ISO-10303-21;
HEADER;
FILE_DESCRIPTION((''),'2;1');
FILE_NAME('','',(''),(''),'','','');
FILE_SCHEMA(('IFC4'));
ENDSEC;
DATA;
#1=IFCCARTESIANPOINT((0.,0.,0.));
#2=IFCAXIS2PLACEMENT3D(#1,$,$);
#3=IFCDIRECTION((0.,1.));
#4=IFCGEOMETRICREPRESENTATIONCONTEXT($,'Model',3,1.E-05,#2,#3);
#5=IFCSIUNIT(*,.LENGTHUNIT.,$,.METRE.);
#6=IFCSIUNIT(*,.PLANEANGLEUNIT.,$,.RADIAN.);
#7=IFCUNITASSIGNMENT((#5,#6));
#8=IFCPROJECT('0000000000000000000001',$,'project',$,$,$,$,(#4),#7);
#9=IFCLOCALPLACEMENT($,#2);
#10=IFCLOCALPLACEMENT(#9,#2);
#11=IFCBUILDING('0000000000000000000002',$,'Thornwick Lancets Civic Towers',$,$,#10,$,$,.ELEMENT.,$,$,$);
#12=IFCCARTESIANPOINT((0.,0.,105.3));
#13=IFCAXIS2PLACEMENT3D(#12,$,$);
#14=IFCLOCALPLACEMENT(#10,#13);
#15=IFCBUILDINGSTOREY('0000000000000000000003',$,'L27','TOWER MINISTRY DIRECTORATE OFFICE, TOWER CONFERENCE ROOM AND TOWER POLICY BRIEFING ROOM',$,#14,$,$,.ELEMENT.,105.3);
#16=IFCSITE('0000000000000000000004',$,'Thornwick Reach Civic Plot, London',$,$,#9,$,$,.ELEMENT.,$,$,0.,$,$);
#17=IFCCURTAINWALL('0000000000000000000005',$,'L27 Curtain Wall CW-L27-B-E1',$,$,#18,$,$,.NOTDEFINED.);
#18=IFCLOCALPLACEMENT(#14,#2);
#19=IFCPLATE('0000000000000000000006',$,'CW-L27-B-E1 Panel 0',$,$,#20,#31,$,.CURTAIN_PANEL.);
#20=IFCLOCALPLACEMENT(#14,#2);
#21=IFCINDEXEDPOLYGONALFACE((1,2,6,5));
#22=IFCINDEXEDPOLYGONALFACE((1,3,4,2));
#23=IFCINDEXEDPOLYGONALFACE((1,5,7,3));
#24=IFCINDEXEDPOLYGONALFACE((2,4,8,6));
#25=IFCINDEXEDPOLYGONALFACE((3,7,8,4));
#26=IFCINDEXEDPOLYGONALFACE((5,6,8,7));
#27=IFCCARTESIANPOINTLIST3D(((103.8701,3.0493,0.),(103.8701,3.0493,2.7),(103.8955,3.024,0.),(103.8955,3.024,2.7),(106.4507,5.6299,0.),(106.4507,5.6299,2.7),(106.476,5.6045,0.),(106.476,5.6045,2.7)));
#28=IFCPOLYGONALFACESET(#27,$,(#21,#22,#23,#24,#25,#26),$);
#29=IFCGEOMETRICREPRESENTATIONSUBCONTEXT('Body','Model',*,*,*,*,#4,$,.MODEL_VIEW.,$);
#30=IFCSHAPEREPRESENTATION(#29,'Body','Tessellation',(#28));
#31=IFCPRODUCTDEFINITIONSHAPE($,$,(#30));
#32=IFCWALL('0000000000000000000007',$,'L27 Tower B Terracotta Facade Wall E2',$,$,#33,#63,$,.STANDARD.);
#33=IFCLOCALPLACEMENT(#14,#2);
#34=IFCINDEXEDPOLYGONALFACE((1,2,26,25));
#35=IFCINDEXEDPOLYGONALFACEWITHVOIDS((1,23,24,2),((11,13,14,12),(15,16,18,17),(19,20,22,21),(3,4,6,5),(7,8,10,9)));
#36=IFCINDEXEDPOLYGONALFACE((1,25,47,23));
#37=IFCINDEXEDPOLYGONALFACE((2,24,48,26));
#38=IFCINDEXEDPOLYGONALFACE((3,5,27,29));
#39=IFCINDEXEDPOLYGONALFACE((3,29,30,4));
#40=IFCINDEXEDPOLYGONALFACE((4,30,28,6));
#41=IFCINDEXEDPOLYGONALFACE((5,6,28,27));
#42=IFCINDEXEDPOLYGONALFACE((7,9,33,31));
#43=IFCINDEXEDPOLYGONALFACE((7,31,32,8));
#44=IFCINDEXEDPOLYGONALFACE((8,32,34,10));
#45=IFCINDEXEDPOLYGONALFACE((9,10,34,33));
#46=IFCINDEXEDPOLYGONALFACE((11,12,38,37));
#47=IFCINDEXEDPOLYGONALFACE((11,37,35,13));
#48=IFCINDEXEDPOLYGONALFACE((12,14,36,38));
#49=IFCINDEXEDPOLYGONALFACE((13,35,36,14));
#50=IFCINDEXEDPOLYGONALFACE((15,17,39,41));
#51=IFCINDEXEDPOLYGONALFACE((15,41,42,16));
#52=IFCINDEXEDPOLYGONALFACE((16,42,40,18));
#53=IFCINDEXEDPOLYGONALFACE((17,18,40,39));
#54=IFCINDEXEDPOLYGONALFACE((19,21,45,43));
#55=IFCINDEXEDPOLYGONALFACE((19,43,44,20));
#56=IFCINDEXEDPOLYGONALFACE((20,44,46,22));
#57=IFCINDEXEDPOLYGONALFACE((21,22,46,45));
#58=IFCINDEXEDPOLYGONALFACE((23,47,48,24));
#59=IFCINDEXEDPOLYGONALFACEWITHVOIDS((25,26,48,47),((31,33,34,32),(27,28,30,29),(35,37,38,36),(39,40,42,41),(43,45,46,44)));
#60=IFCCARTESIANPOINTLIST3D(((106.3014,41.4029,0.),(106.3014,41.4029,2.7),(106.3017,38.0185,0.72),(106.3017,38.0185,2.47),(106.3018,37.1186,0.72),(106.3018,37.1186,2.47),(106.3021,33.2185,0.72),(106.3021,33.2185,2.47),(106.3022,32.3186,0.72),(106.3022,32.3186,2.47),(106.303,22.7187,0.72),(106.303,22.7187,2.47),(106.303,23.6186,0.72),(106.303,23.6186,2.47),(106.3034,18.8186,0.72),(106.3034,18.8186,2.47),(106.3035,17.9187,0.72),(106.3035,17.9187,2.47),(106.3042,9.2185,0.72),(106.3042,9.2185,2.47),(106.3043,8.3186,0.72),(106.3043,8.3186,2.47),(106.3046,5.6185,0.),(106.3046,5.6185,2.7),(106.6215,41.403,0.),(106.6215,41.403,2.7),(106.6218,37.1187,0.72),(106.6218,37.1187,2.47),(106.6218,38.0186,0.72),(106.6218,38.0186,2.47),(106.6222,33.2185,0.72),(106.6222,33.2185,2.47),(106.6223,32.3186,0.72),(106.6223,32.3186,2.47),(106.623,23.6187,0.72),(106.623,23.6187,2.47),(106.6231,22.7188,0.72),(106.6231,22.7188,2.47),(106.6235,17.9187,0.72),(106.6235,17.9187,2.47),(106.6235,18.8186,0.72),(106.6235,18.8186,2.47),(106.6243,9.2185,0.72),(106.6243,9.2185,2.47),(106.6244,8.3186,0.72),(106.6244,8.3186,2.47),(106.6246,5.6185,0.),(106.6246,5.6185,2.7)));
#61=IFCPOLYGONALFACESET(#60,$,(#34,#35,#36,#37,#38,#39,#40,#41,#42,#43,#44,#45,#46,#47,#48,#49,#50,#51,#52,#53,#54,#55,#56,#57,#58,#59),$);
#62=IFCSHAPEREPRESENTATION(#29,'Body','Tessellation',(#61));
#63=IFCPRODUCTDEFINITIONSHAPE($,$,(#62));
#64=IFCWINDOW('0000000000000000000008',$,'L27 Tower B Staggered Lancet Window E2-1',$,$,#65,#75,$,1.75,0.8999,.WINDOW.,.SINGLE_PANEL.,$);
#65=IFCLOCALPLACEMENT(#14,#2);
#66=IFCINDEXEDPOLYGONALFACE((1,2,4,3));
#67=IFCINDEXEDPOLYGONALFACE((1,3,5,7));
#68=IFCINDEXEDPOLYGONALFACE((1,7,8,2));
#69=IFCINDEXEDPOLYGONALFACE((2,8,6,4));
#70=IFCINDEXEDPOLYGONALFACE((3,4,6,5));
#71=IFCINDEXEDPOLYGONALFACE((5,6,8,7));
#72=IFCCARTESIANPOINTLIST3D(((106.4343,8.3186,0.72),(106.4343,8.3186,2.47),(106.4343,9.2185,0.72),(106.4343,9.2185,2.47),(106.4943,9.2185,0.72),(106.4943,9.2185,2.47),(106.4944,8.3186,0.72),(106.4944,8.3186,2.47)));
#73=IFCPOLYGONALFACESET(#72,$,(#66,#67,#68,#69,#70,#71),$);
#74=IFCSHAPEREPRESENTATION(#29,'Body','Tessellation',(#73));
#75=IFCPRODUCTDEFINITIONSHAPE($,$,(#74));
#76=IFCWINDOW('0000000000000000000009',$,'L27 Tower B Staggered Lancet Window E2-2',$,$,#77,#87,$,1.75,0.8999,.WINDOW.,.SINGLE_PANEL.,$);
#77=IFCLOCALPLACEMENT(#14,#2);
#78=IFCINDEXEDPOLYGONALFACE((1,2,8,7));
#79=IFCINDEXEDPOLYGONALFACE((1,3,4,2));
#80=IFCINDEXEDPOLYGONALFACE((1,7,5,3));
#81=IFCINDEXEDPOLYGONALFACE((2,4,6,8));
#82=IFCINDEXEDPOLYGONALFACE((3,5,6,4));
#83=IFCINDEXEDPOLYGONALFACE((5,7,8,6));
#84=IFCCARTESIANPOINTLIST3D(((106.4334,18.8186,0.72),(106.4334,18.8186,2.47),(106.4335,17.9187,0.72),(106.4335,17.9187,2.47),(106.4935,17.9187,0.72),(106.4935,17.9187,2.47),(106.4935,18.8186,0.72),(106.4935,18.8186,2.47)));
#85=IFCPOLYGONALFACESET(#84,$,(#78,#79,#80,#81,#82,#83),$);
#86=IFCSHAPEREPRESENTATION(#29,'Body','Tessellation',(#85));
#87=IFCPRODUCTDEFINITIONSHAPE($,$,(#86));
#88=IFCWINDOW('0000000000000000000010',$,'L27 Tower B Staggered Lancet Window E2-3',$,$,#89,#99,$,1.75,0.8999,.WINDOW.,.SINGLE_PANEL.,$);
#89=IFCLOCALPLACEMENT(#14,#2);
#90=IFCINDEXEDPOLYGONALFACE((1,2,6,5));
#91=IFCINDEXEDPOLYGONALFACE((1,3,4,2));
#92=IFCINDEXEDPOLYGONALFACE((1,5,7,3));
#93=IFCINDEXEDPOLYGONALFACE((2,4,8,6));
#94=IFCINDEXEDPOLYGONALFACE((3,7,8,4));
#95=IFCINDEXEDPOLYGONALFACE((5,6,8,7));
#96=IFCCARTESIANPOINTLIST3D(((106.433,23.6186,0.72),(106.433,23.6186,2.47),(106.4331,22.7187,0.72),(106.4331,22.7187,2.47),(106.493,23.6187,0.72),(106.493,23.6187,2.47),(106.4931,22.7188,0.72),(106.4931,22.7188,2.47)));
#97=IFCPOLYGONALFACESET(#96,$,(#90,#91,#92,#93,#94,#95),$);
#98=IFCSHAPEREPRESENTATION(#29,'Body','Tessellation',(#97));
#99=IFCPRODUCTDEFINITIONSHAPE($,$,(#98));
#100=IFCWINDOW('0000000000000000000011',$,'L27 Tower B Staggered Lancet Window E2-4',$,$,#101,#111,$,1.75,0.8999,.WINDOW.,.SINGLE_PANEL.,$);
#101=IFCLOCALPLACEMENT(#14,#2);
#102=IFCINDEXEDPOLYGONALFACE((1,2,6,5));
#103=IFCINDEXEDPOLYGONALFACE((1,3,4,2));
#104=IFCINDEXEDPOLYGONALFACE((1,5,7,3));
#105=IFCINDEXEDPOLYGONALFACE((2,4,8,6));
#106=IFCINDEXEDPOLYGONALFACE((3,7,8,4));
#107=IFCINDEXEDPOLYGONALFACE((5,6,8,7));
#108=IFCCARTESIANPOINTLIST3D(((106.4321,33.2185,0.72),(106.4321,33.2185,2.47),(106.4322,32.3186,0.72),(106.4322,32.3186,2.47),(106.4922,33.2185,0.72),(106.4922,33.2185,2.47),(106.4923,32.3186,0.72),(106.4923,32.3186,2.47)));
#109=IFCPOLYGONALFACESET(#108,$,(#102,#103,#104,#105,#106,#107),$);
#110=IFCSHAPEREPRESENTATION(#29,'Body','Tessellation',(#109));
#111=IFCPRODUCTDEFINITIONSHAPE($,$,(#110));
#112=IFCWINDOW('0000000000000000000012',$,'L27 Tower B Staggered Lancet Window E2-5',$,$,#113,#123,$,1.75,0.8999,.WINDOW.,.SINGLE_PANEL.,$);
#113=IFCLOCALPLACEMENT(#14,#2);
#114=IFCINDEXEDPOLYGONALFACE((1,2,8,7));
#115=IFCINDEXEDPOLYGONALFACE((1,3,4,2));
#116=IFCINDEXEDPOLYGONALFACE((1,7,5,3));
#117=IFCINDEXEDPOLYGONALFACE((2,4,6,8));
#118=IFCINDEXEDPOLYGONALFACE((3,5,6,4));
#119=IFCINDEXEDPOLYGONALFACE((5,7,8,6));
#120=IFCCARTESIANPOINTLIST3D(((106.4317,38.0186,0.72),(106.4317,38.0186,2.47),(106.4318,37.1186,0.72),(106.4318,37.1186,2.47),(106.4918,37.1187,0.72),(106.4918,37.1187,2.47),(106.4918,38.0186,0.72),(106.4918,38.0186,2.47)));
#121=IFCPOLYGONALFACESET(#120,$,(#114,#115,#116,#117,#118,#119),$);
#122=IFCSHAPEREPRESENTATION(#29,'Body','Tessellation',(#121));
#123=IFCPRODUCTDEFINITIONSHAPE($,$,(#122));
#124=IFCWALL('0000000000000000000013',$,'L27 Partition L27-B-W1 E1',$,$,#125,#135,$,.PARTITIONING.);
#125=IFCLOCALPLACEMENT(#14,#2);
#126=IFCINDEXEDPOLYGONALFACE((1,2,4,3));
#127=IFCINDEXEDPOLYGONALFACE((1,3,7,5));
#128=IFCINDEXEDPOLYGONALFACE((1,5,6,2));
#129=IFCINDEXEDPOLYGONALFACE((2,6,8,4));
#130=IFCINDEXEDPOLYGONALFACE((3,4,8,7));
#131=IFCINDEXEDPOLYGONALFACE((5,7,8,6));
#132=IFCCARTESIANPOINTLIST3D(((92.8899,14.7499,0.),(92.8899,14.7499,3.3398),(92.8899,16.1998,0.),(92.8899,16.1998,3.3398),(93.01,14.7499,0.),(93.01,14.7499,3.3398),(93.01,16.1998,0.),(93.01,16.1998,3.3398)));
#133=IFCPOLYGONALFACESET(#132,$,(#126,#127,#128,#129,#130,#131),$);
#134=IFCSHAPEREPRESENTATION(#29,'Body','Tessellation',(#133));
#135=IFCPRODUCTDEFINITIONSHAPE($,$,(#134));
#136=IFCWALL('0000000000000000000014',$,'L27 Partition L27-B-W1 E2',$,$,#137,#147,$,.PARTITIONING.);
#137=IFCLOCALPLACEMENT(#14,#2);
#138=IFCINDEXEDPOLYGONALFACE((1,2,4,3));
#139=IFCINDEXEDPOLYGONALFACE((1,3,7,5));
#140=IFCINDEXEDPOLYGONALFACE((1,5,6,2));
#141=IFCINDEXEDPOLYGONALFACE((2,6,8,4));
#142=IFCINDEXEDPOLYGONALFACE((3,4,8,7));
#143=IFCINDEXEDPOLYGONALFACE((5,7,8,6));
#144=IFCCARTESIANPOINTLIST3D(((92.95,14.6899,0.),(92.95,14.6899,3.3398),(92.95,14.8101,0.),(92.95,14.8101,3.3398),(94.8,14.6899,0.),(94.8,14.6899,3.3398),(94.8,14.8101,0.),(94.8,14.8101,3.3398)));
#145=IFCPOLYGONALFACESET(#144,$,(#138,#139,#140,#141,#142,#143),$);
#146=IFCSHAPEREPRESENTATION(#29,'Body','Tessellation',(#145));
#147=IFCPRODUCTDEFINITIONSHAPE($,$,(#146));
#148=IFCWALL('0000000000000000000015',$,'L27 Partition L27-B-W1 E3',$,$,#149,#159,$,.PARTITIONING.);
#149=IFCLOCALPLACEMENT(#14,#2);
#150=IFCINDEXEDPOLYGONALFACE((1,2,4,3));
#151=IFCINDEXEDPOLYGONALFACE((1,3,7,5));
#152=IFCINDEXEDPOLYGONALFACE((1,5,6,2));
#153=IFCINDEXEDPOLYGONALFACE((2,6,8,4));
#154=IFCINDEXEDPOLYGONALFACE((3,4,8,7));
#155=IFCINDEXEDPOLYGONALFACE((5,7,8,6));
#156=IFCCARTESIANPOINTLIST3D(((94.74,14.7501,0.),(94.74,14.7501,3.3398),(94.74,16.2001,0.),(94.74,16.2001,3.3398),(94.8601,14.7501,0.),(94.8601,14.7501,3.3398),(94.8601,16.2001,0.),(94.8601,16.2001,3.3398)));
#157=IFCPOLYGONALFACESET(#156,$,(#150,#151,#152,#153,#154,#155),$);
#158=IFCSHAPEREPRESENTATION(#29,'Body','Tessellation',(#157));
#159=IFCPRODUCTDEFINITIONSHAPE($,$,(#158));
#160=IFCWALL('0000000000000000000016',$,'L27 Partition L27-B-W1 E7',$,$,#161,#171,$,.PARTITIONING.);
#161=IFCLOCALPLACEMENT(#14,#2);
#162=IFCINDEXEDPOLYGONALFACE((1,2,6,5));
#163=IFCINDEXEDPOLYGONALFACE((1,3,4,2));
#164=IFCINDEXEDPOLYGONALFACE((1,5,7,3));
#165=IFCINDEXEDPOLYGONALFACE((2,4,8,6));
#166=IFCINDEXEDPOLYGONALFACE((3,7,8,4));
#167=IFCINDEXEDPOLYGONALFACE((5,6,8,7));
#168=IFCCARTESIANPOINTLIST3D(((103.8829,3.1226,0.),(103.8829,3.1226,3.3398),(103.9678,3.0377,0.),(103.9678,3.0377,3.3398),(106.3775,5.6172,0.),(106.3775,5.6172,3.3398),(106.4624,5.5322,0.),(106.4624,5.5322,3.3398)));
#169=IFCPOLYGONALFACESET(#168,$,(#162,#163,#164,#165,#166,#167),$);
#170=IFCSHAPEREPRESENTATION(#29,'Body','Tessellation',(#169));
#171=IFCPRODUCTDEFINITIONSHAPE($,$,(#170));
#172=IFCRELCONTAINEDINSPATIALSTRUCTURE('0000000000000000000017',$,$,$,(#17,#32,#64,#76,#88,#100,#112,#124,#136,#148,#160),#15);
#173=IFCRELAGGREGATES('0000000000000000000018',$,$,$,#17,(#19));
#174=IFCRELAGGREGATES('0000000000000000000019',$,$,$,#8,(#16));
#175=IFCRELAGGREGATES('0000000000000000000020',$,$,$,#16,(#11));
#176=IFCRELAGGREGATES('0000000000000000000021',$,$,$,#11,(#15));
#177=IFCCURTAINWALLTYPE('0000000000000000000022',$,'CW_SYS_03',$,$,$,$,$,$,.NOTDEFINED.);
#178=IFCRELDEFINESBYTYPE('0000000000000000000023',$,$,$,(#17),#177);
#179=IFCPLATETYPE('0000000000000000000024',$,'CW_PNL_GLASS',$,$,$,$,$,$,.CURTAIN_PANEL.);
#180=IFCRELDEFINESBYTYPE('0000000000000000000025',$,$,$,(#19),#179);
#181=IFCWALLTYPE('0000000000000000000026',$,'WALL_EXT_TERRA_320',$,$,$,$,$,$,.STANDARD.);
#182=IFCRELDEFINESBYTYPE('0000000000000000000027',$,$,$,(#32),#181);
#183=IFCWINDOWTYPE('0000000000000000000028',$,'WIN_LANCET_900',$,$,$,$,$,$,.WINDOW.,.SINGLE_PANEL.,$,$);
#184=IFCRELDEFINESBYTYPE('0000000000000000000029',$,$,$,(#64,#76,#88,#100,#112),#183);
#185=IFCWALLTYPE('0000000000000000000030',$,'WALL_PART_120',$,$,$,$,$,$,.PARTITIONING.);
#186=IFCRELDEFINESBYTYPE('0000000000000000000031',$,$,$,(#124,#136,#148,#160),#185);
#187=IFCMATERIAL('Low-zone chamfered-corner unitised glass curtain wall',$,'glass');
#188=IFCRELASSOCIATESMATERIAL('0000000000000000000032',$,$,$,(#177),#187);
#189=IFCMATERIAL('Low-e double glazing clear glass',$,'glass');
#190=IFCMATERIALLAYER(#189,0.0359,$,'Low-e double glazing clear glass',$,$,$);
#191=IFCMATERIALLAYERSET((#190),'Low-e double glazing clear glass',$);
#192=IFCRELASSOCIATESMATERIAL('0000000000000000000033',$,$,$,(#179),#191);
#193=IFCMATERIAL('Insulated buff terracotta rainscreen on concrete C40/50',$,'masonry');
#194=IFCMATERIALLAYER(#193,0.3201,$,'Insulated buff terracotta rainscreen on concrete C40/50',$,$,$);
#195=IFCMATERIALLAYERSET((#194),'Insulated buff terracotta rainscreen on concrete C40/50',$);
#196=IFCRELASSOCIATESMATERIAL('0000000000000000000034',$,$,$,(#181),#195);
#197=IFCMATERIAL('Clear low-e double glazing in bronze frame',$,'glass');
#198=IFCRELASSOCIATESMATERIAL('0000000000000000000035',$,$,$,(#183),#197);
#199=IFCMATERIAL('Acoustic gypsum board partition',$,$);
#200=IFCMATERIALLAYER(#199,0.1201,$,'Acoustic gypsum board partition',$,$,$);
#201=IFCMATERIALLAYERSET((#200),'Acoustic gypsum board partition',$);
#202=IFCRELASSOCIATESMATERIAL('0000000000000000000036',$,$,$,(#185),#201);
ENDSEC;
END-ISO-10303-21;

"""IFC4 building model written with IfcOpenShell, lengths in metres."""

from ifc_helpers import new_model, si_unit, direction, frame, frame_2d, origin, origin_2d, place, context, subcontext, project, spatial, rectangle, extrude, material, layer, layer_set, type_object, element, fill, aggregate, save


model = new_model("IFC4")

# Units and contexts
model_context = context("Model", 3, precision=1e-05, world=origin(), true_north=direction((0.0, 1.0)))
body_context = subcontext(model_context, "Body", "Model", "MODEL_VIEW")
ifc_project = project(units=[si_unit("LENGTHUNIT", "METRE"), si_unit("PLANEANGLEUNIT", "RADIAN")], contexts=[model_context])

# Site, building, storey
site_placement = place(None, origin())
site = spatial("IfcSite", under=ifc_project, at=site_placement, Name="Thornwick Reach Civic Plot, London", CompositionType="ELEMENT", RefElevation=0.0)
building_placement = place(site_placement, origin())
building = spatial("IfcBuilding", under=site, at=building_placement, Name="Thornwick Lancets Civic Towers", CompositionType="ELEMENT")
storey_placement = place(building_placement, frame((0.0, 0.0, 105.3)))
storey = spatial("IfcBuildingStorey", under=building, at=storey_placement, Name="L27", Description="TOWER MINISTRY DIRECTORATE OFFICE, TOWER CONFERENCE ROOM AND TOWER POLICY BRIEFING ROOM", CompositionType="ELEMENT", Elevation=105.3)

# Curtain wall, plate
ifc_material_1 = material(Name="Low-zone chamfered-corner unitised glass curtain wall", Category="glass")
curtain_wall_type = type_object("IfcCurtainWallType", Name="CW_SYS_03", PredefinedType="NOTDEFINED", material=ifc_material_1)
curtain_wall_placement = place(storey_placement, origin())
curtain_wall = element("IfcCurtainWall", 1, at=curtain_wall_placement, inside=storey, type_object=curtain_wall_type, Name="L27 Curtain Wall CW-L27-B-E1", PredefinedType="NOTDEFINED")
ifc_material_2 = material(Name="Low-e double glazing clear glass", Category="glass")
ifc_layer_1 = layer(ifc_material_2, 0.0359, Name="Low-e double glazing clear glass")
ifc_layer_set_1 = layer_set([ifc_layer_1], Name="Low-e double glazing clear glass")
plate_type = type_object("IfcPlateType", Name="CW_PNL_GLASS", PredefinedType="CURTAIN_PANEL", material=ifc_layer_set_1)
plate_placement = place(storey_placement, frame((105.1731, 4.3269, 0.0), z_axis=(0.0, 0.0, 1.0), x_axis=(0.707107, 0.707107, 0.0)))
plate = element("IfcPlate", 2, at=plate_placement, type_object=plate_type, Name="CW-L27-B-E1 Panel 0", PredefinedType="CURTAIN_PANEL", context=body_context, shape_type="SweptSolid", body=[
    extrude(rectangle(XDim=3.6494, YDim=0.0359, at=origin_2d()), origin(), (0.0, 0.0, 1.0), 2.7),
])
aggregate(curtain_wall, [plate])

# Wall, openings, windows
ifc_material_3 = material(Name="Insulated buff terracotta rainscreen on concrete C40/50", Category="masonry")
ifc_layer_2 = layer(ifc_material_3, 0.3201, Name="Insulated buff terracotta rainscreen on concrete C40/50")
ifc_layer_set_2 = layer_set([ifc_layer_2], Name="Insulated buff terracotta rainscreen on concrete C40/50")
wall_type_1 = type_object("IfcWallType", Name="WALL_EXT_TERRA_320", PredefinedType="STANDARD", material=ifc_layer_set_2)
wall_1_placement = place(storey_placement, frame((106.4646, 5.6187, 0.0), z_axis=(0.0, 0.0, 1.0), x_axis=(-0.000089, 1.0, 0.0)))
wall_1 = element("IfcWall", 3, at=wall_1_placement, inside=storey, type_object=wall_type_1, Name="L27 Tower B Terracotta Facade Wall E2", PredefinedType="STANDARD", context=body_context, shape_type="SweptSolid", body=[
    extrude(rectangle(XDim=35.7844, YDim=0.3201, at=frame_2d((17.8921, 0.0))), origin(), (0.0, 0.0, 1.0), 2.7),
])
opening_1_placement = place(wall_1_placement, frame((2.7, 0.0, 0.72)))
opening_1 = element("IfcOpeningElement", 4, at=opening_1_placement, cuts=wall_1, PredefinedType="OPENING", context=body_context, shape_type="SweptSolid", body=[
    extrude(rectangle(XDim=0.8999, YDim=1.75, at=frame_2d((0.45, 0.875))), frame((0.0, 0.1699, 0.0), z_axis=(0.0, -1.0, 0.0), x_axis=(1.0, 0.0, 0.0)), (0.0, 0.0, 1.0), 0.3401),
])
opening_2_placement = place(wall_1_placement, frame((12.3, 0.0, 0.72)))
opening_2 = element("IfcOpeningElement", 5, at=opening_2_placement, cuts=wall_1, PredefinedType="OPENING", context=body_context, shape_type="SweptSolid", body=[
    extrude(rectangle(XDim=0.8999, YDim=1.75, at=frame_2d((0.45, 0.875))), frame((0.0, 0.1699, 0.0), z_axis=(0.0, -1.0, 0.0), x_axis=(1.0, 0.0, 0.0)), (0.0, 0.0, 1.0), 0.3401),
])
opening_3_placement = place(wall_1_placement, frame((17.1001, 0.0, 0.72)))
opening_3 = element("IfcOpeningElement", 6, at=opening_3_placement, cuts=wall_1, PredefinedType="OPENING", context=body_context, shape_type="SweptSolid", body=[
    extrude(rectangle(XDim=0.8999, YDim=1.75, at=frame_2d((0.45, 0.875))), frame((0.0, 0.1699, 0.0), z_axis=(0.0, -1.0, 0.0), x_axis=(1.0, 0.0, 0.0)), (0.0, 0.0, 1.0), 0.3401),
])
opening_4_placement = place(wall_1_placement, frame((26.7, 0.0, 0.72)))
opening_4 = element("IfcOpeningElement", 7, at=opening_4_placement, cuts=wall_1, PredefinedType="OPENING", context=body_context, shape_type="SweptSolid", body=[
    extrude(rectangle(XDim=0.8999, YDim=1.75, at=frame_2d((0.45, 0.875))), frame((0.0, 0.1699, 0.0), z_axis=(0.0, -1.0, 0.0), x_axis=(1.0, 0.0, 0.0)), (0.0, 0.0, 1.0), 0.3401),
])
opening_5_placement = place(wall_1_placement, frame((31.5, 0.0, 0.72)))
opening_5 = element("IfcOpeningElement", 8, at=opening_5_placement, cuts=wall_1, PredefinedType="OPENING", context=body_context, shape_type="SweptSolid", body=[
    extrude(rectangle(XDim=0.8999, YDim=1.75, at=frame_2d((0.45, 0.875))), frame((0.0, 0.1699, 0.0), z_axis=(0.0, -1.0, 0.0), x_axis=(1.0, 0.0, 0.0)), (0.0, 0.0, 1.0), 0.3401),
])
ifc_material_4 = material(Name="Clear low-e double glazing in bronze frame", Category="glass")
window_type = type_object("IfcWindowType", Name="WIN_LANCET_900", PartitioningType="SINGLE_PANEL", PredefinedType="WINDOW", material=ifc_material_4)
window_1_placement = place(opening_1_placement, origin())
window_1 = element("IfcWindow", 9, at=window_1_placement, inside=storey, type_object=window_type, Name="L27 Tower B Staggered Lancet Window E2-1", OverallHeight=1.75, OverallWidth=0.8999, PartitioningType="SINGLE_PANEL", PredefinedType="WINDOW", context=body_context, shape_type="SweptSolid", body=[
    extrude(rectangle(XDim=0.8999, YDim=1.75, at=frame_2d((0.45, 0.875))), frame((0.0, 0.03, 0.0), z_axis=(0.0, -1.0, 0.0), x_axis=(1.0, 0.0, 0.0)), (0.0, 0.0, 1.0), 0.0601),
])
fill(opening_1, window_1)
window_2_placement = place(opening_2_placement, origin())
window_2 = element("IfcWindow", 10, at=window_2_placement, inside=storey, type_object=window_type, Name="L27 Tower B Staggered Lancet Window E2-2", OverallHeight=1.75, OverallWidth=0.8999, PartitioningType="SINGLE_PANEL", PredefinedType="WINDOW", context=body_context, shape_type="SweptSolid", body=[
    extrude(rectangle(XDim=0.8999, YDim=1.75, at=frame_2d((0.45, 0.875))), frame((0.0, 0.03, 0.0), z_axis=(0.0, -1.0, 0.0), x_axis=(1.0, 0.0, 0.0)), (0.0, 0.0, 1.0), 0.0601),
])
fill(opening_2, window_2)
window_3_placement = place(opening_3_placement, origin())
window_3 = element("IfcWindow", 11, at=window_3_placement, inside=storey, type_object=window_type, Name="L27 Tower B Staggered Lancet Window E2-3", OverallHeight=1.75, OverallWidth=0.8999, PartitioningType="SINGLE_PANEL", PredefinedType="WINDOW", context=body_context, shape_type="SweptSolid", body=[
    extrude(rectangle(XDim=0.8999, YDim=1.75, at=frame_2d((0.45, 0.875))), frame((0.0, 0.03, 0.0), z_axis=(0.0, -1.0, 0.0), x_axis=(1.0, 0.0, 0.0)), (0.0, 0.0, 1.0), 0.0601),
])
fill(opening_3, window_3)
window_4_placement = place(opening_4_placement, origin())
window_4 = element("IfcWindow", 12, at=window_4_placement, inside=storey, type_object=window_type, Name="L27 Tower B Staggered Lancet Window E2-4", OverallHeight=1.75, OverallWidth=0.8999, PartitioningType="SINGLE_PANEL", PredefinedType="WINDOW", context=body_context, shape_type="SweptSolid", body=[
    extrude(rectangle(XDim=0.8999, YDim=1.75, at=frame_2d((0.45, 0.875))), frame((0.0, 0.03, 0.0), z_axis=(0.0, -1.0, 0.0), x_axis=(1.0, 0.0, 0.0)), (0.0, 0.0, 1.0), 0.0601),
])
fill(opening_4, window_4)
window_5_placement = place(opening_5_placement, origin())
window_5 = element("IfcWindow", 13, at=window_5_placement, inside=storey, type_object=window_type, Name="L27 Tower B Staggered Lancet Window E2-5", OverallHeight=1.75, OverallWidth=0.8999, PartitioningType="SINGLE_PANEL", PredefinedType="WINDOW", context=body_context, shape_type="SweptSolid", body=[
    extrude(rectangle(XDim=0.8999, YDim=1.75, at=frame_2d((0.45, 0.875))), frame((0.0, 0.03, 0.0), z_axis=(0.0, -1.0, 0.0), x_axis=(1.0, 0.0, 0.0)), (0.0, 0.0, 1.0), 0.0601),
])
fill(opening_5, window_5)

# Walls
ifc_material_5 = material(Name="Acoustic gypsum board partition")
ifc_layer_3 = layer(ifc_material_5, 0.1201, Name="Acoustic gypsum board partition")
ifc_layer_set_3 = layer_set([ifc_layer_3], Name="Acoustic gypsum board partition")
wall_type_2 = type_object("IfcWallType", Name="WALL_PART_120", PredefinedType="PARTITIONING", material=ifc_layer_set_3)
wall_2_placement = place(storey_placement, frame((92.95, 16.2, 0.0), z_axis=(0.0, 0.0, 1.0), x_axis=(0.0, -1.0, 0.0)))
element("IfcWall", 14, at=wall_2_placement, inside=storey, type_object=wall_type_2, Name="L27 Partition L27-B-W1 E1", PredefinedType="PARTITIONING", context=body_context, shape_type="SweptSolid", body=[
    extrude(rectangle(XDim=1.45, YDim=0.1201, at=frame_2d((0.7251, 0.0))), origin(), (0.0, 0.0, 1.0), 3.3398),
])
wall_3_placement = place(storey_placement, frame((92.95, 14.75, 0.0), z_axis=(0.0, 0.0, 1.0), x_axis=(1.0, 0.0, 0.0)))
element("IfcWall", 15, at=wall_3_placement, inside=storey, type_object=wall_type_2, Name="L27 Partition L27-B-W1 E2", PredefinedType="PARTITIONING", context=body_context, shape_type="SweptSolid", body=[
    extrude(rectangle(XDim=1.8501, YDim=0.1201, at=frame_2d((0.925, 0.0))), origin(), (0.0, 0.0, 1.0), 3.3398),
])
wall_4_placement = place(storey_placement, frame((94.8, 14.75, 0.0), z_axis=(0.0, 0.0, 1.0), x_axis=(0.0, 1.0, 0.0)))
element("IfcWall", 16, at=wall_4_placement, inside=storey, type_object=wall_type_2, Name="L27 Partition L27-B-W1 E3", PredefinedType="PARTITIONING", context=body_context, shape_type="SweptSolid", body=[
    extrude(rectangle(XDim=1.45, YDim=0.1201, at=frame_2d((0.7251, 0.0))), origin(), (0.0, 0.0, 1.0), 3.3398),
])
wall_5_placement = place(storey_placement, frame((106.4199, 5.5747, 0.0), z_axis=(0.0, 0.0, 1.0), x_axis=(-0.707107, -0.707107, 0.0)))
element("IfcWall", 17, at=wall_5_placement, inside=storey, type_object=wall_type_2, Name="L27 Partition L27-B-W1 E7", PredefinedType="PARTITIONING", context=body_context, shape_type="SweptSolid", body=[
    extrude(rectangle(XDim=3.5278, YDim=0.1201, at=frame_2d((1.7639, 0.0))), origin(), (0.0, 0.0, 1.0), 3.3398),
])

save(model, "model.ifc")
